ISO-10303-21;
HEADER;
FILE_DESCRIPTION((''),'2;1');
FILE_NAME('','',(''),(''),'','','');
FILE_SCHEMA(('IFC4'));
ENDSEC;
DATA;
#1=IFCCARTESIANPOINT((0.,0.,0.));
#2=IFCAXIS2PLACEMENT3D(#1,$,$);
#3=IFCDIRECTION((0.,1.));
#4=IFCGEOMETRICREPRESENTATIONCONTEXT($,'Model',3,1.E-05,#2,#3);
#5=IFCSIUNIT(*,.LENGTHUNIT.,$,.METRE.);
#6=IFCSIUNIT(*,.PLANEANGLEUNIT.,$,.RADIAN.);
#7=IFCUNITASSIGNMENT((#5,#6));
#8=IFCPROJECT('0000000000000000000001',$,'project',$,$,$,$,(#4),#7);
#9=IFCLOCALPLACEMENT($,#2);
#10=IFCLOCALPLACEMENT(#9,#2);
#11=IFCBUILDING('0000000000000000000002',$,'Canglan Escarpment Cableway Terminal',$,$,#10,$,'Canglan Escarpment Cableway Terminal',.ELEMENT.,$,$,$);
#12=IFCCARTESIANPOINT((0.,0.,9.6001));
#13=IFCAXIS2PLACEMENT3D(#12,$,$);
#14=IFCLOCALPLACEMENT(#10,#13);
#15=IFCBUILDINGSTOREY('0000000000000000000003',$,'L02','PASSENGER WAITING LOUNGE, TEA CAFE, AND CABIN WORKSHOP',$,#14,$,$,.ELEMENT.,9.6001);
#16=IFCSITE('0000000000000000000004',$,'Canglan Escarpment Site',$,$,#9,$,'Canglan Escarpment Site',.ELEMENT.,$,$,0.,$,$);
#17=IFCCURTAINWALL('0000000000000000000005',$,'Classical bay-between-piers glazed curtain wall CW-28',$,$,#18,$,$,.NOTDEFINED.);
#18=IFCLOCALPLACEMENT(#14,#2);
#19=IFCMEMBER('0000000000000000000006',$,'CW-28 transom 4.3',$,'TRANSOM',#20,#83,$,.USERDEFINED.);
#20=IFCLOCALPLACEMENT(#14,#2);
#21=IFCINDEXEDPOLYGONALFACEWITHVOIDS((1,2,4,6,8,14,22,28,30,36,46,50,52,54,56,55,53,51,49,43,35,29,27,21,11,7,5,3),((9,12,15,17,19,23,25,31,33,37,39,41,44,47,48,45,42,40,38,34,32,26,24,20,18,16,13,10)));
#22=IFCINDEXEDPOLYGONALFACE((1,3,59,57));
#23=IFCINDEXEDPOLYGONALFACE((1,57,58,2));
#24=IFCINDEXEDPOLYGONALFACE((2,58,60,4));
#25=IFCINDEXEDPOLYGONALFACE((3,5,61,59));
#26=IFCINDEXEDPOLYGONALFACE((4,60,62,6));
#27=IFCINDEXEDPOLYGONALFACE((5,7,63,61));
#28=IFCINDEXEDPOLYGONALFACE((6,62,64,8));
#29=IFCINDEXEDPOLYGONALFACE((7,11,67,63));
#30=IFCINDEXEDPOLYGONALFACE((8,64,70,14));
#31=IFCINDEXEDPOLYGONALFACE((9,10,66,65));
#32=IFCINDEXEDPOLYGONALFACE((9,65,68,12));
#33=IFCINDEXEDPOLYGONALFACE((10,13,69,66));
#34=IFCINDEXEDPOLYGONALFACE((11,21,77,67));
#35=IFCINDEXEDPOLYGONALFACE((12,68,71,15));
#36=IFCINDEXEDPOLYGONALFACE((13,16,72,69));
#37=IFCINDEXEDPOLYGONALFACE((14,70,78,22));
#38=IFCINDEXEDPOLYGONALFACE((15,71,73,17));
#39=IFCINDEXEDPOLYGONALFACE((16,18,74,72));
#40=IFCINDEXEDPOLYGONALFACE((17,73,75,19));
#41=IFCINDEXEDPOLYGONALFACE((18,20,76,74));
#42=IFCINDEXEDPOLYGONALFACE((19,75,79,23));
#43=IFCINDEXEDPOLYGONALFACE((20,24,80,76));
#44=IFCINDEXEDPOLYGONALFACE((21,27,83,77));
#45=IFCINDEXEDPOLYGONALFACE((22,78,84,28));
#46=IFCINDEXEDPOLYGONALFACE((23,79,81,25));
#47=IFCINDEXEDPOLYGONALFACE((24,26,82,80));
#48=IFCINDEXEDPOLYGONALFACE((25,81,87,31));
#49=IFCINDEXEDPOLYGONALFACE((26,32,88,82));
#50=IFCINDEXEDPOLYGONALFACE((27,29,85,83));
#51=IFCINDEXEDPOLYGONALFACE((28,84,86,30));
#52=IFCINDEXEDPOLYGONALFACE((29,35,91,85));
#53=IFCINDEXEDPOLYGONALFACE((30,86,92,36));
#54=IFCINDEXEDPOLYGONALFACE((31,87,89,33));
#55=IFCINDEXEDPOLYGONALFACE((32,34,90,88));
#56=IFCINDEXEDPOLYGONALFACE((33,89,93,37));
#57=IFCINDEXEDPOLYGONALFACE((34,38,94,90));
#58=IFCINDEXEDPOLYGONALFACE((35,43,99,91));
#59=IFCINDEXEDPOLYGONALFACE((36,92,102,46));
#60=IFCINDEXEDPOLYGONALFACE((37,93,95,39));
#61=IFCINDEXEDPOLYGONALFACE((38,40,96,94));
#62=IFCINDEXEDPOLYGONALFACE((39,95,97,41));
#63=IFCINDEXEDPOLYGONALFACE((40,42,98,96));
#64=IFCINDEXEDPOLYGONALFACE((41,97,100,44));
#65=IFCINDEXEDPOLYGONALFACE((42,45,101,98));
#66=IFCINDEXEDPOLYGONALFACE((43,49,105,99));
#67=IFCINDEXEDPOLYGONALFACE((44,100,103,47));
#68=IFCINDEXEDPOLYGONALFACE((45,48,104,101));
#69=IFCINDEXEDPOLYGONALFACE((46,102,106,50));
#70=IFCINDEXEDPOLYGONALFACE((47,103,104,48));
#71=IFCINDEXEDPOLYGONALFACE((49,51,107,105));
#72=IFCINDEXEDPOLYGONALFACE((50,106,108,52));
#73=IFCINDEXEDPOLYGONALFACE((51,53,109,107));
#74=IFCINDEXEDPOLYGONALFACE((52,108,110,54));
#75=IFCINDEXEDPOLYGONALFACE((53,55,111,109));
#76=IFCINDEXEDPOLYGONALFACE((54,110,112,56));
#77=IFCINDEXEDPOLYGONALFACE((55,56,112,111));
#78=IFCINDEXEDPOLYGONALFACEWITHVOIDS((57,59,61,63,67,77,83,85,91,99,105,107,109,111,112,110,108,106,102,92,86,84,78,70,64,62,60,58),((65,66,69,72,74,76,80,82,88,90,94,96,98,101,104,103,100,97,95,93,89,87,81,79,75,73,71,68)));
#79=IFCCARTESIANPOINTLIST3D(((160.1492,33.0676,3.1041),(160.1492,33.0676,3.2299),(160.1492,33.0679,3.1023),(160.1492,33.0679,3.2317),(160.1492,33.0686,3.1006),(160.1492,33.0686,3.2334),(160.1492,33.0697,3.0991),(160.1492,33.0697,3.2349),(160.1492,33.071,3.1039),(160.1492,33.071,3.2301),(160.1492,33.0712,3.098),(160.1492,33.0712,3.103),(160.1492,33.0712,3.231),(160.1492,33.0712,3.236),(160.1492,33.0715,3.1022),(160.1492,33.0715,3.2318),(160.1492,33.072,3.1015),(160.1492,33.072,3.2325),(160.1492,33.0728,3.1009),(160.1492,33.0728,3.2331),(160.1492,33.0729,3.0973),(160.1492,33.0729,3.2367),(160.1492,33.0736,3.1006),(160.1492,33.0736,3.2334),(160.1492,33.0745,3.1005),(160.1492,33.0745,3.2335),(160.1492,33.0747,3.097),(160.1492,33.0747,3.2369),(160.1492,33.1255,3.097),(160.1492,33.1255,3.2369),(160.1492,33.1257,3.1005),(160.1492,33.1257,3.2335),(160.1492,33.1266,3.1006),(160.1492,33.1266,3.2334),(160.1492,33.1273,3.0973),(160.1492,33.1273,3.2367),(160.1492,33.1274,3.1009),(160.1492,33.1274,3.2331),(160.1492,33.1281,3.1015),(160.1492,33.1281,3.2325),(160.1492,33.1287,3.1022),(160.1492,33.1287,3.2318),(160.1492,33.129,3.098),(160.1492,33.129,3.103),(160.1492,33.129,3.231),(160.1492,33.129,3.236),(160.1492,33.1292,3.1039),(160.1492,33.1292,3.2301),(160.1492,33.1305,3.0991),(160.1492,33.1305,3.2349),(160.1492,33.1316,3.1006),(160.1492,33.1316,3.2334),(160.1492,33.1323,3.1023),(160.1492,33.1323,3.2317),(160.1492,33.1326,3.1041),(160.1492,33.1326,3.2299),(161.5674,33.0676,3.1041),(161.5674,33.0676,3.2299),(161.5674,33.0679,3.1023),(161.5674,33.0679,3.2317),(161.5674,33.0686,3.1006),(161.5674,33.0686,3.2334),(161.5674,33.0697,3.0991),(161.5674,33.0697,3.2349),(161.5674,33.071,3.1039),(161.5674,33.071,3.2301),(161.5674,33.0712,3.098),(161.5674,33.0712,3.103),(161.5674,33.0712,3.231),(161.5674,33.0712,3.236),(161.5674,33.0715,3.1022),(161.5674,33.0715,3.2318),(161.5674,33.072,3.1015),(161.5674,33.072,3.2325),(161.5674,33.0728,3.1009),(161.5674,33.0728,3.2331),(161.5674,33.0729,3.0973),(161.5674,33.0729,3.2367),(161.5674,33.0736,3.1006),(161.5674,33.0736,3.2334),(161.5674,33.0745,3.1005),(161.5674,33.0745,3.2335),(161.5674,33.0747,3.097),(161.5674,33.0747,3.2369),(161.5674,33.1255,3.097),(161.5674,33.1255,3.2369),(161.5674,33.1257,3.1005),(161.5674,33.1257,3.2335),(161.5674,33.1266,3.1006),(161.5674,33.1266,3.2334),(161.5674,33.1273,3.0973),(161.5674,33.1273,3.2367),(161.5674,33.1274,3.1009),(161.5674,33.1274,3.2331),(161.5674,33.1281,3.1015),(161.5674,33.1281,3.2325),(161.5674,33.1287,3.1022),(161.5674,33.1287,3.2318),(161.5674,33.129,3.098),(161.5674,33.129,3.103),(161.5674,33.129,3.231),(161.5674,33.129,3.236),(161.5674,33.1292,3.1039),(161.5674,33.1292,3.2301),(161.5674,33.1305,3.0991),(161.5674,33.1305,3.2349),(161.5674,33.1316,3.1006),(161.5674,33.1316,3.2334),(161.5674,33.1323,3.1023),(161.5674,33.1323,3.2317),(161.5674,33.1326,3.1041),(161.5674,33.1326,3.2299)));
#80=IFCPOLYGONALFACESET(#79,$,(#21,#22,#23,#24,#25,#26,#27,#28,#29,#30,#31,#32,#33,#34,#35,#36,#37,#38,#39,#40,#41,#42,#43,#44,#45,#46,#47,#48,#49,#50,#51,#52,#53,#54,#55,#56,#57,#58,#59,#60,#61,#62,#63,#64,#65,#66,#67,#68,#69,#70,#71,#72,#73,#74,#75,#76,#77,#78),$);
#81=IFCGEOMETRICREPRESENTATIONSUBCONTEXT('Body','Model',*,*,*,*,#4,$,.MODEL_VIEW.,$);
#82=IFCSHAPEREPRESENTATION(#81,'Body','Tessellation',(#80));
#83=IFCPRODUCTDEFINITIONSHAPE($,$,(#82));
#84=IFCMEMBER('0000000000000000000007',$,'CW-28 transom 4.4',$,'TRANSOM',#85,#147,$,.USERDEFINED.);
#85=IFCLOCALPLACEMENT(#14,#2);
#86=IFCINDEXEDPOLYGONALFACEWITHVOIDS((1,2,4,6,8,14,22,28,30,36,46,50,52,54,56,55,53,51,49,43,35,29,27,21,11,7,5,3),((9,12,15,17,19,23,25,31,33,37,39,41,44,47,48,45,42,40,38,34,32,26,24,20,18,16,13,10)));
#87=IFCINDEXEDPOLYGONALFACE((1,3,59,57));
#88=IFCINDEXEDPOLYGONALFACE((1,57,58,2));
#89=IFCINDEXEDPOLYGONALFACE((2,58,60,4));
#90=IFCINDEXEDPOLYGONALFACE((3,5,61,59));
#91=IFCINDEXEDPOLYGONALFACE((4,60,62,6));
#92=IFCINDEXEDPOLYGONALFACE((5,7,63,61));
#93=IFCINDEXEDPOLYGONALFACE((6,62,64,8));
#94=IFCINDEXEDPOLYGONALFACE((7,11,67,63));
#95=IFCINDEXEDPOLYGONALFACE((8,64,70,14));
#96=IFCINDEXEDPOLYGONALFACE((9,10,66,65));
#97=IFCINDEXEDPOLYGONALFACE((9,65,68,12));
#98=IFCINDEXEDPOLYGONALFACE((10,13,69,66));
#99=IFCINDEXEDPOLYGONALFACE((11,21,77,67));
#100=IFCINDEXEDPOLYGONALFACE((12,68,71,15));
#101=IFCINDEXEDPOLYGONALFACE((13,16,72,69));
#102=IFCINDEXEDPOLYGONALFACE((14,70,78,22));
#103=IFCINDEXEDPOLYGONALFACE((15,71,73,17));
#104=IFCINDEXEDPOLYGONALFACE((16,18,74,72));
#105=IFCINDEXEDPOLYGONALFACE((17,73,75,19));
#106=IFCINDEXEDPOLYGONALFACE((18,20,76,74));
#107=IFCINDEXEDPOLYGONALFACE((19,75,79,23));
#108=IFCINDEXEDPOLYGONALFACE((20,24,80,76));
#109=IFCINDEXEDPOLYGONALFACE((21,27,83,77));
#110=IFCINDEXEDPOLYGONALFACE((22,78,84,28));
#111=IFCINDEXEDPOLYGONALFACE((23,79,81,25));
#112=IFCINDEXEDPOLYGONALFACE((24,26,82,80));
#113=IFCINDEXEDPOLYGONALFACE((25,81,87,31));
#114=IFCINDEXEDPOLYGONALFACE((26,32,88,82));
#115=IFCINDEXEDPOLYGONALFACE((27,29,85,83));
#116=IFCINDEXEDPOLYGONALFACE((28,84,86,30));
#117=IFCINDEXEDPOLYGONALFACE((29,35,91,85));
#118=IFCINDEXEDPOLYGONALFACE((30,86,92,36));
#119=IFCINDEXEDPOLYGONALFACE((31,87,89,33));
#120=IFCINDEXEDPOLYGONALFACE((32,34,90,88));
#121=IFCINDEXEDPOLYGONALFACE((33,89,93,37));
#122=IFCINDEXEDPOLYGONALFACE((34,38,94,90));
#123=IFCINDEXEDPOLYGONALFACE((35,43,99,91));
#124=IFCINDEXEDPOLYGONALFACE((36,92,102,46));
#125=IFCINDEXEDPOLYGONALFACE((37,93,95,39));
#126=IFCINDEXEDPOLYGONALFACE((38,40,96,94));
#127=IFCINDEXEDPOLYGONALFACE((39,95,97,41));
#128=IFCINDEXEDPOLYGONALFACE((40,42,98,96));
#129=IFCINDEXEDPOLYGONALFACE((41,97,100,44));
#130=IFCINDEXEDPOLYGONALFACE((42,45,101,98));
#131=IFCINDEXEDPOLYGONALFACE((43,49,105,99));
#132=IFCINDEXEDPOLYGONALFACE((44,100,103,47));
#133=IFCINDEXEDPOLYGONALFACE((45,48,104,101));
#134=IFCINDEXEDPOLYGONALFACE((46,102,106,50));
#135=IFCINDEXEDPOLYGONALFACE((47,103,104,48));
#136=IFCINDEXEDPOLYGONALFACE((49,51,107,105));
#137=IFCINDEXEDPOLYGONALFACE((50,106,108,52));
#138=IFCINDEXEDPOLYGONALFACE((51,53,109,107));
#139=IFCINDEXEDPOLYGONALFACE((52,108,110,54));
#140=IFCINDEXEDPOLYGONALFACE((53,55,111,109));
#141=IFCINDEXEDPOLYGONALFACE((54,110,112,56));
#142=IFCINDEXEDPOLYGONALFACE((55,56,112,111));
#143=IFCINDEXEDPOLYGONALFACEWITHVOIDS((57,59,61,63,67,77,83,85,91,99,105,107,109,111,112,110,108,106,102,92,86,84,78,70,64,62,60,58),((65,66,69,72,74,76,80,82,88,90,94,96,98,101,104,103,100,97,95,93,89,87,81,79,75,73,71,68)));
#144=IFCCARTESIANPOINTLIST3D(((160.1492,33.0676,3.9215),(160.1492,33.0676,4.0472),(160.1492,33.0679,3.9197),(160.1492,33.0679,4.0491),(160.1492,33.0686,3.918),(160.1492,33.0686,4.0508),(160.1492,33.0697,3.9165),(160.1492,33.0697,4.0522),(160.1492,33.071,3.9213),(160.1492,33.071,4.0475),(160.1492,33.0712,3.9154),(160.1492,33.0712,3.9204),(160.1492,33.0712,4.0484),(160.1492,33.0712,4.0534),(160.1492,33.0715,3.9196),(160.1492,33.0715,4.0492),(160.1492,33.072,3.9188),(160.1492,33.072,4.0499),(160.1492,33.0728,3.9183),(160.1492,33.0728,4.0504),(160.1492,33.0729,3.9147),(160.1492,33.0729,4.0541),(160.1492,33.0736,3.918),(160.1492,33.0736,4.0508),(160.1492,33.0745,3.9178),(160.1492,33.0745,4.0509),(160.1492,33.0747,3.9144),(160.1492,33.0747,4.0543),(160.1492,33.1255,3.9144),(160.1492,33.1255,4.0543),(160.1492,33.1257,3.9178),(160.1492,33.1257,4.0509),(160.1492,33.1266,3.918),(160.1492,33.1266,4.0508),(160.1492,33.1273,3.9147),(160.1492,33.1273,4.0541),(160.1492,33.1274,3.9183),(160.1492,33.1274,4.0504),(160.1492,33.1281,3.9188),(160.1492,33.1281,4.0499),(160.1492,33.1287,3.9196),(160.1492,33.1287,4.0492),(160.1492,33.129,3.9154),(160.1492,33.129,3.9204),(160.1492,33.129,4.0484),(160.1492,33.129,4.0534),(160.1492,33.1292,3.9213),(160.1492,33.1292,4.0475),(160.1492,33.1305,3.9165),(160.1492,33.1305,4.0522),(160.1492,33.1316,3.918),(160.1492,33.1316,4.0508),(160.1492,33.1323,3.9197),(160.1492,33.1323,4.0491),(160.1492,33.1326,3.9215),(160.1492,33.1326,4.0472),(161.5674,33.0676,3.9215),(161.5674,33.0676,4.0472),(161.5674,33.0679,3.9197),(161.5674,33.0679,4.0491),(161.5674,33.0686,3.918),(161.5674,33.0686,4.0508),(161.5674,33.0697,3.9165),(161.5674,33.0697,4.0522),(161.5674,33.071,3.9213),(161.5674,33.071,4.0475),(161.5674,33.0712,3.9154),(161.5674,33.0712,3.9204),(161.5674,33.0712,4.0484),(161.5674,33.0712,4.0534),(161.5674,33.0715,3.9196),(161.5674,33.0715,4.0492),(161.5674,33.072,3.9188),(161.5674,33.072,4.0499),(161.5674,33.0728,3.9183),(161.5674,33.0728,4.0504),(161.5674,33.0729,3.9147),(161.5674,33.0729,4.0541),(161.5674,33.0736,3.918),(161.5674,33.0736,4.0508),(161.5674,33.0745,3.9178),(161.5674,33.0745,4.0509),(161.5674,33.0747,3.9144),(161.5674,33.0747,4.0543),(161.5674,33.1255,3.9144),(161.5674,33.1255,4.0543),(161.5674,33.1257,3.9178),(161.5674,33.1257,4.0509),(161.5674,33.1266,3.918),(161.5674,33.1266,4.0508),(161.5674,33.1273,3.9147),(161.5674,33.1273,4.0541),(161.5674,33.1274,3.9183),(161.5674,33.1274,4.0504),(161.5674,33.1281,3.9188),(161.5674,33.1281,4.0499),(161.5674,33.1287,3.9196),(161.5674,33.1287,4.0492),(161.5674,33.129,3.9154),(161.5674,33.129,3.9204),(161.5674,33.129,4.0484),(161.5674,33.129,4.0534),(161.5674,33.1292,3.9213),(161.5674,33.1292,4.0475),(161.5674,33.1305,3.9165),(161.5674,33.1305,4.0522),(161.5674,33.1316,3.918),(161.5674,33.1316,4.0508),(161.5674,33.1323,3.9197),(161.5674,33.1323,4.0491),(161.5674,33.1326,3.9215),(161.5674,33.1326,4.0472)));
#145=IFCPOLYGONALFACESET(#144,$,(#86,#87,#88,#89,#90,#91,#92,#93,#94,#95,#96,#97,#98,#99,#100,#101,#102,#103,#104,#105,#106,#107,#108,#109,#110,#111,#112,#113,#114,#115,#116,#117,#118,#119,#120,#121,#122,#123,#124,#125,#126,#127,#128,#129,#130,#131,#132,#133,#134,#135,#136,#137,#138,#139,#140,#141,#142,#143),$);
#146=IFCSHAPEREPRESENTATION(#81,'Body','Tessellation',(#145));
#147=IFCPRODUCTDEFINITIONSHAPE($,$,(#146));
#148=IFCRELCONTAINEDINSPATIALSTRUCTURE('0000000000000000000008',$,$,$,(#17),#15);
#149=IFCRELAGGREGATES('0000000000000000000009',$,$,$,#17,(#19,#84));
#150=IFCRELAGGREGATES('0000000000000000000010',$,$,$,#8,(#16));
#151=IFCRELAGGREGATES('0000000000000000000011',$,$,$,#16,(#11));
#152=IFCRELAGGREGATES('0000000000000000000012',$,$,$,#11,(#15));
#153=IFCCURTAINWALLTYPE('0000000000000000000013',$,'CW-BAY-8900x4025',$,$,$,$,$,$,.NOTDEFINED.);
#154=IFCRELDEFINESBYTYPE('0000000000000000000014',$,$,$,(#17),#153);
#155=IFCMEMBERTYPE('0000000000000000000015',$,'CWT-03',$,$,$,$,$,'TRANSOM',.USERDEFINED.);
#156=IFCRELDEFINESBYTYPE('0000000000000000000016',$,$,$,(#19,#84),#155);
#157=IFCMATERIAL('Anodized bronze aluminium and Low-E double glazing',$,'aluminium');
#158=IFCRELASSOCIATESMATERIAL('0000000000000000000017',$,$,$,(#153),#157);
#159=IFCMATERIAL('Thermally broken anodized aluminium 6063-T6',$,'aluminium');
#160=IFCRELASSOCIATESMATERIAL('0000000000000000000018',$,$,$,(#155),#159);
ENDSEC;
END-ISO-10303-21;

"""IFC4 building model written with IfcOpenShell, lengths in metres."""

from ifc_helpers import new_model, si_unit, direction, frame, origin, origin_2d, place, context, subcontext, project, spatial, hollow_rectangle, extrude, material, material_profile, profile_set, type_object, element, aggregate, save


model = new_model("IFC4")

# Units and contexts
model_context = context("Model", 3, precision=1e-05, world=origin(), true_north=direction((0.0, 1.0)))
body_context = subcontext(model_context, "Body", "Model", "MODEL_VIEW")
ifc_project = project(units=[si_unit("LENGTHUNIT", "METRE"), si_unit("PLANEANGLEUNIT", "RADIAN")], contexts=[model_context])

# Site, building, storey
site_placement = place(None, origin())
site = spatial("IfcSite", under=ifc_project, at=site_placement, Name="Canglan Escarpment Site", LongName="Canglan Escarpment Site", CompositionType="ELEMENT", RefElevation=0.0)
building_placement = place(site_placement, origin())
building = spatial("IfcBuilding", under=site, at=building_placement, Name="Canglan Escarpment Cableway Terminal", LongName="Canglan Escarpment Cableway Terminal", CompositionType="ELEMENT")
storey_placement = place(building_placement, frame((0.0, 0.0, 9.6001)))
storey = spatial("IfcBuildingStorey", under=building, at=storey_placement, Name="L02", Description="PASSENGER WAITING LOUNGE, TEA CAFE, AND CABIN WORKSHOP", CompositionType="ELEMENT", Elevation=9.6001)

# Curtain wall, members
ifc_material_1 = material(Name="Anodized bronze aluminium and Low-E double glazing", Category="aluminium")
curtain_wall_type = type_object("IfcCurtainWallType", Name="CW-BAY-8900x4025", PredefinedType="NOTDEFINED", material=ifc_material_1)
curtain_wall_placement = place(storey_placement, origin())
curtain_wall = element("IfcCurtainWall", 1, at=curtain_wall_placement, inside=storey, type_object=curtain_wall_type, Name="Classical bay-between-piers glazed curtain wall CW-28", PredefinedType="NOTDEFINED")
ifc_material_2 = material(Name="Thermally broken anodized aluminium 6063-T6", Category="aluminium")
ifc_material_profile_1 = material_profile(ifc_material_2, hollow_rectangle(XDim=0.0649, YDim=0.1399, WallThickness=0.0034, InnerFilletRadius=0.0034, OuterFilletRadius=0.0071, at=origin_2d()), Name="ALU-TRAN 65x140x3.5")
ifc_profile_set_1 = profile_set([ifc_material_profile_1], Name="Thermally broken anodized aluminium 6063-T6")
member_type_1 = type_object("IfcMemberType", Name="CWT-03", ElementType="TRANSOM", PredefinedType="USERDEFINED", material=ifc_profile_set_1)
member_1_placement = place(storey_placement, frame((161.5674, 33.1001, 3.167), z_axis=(-1.0, 0.0, 0.0), x_axis=(0.0, -1.0, 0.0)))
member_1 = element("IfcMember", 2, at=member_1_placement, type_object=member_type_1, Name="CW-28 transom 4.3", ObjectType="TRANSOM", PredefinedType="USERDEFINED", context=body_context, shape_type="SweptSolid", body=[
    extrude(hollow_rectangle(XDim=0.0649, YDim=0.1399, WallThickness=0.0034, InnerFilletRadius=0.0034, OuterFilletRadius=0.0071, at=origin_2d()), origin(), (0.0, 0.0, 1.0), 1.4182),
])
member_2_placement = place(storey_placement, frame((161.5674, 33.1001, 3.9844), z_axis=(-1.0, 0.0, 0.0), x_axis=(0.0, -1.0, 0.0)))
member_2 = element("IfcMember", 3, at=member_2_placement, type_object=member_type_1, Name="CW-28 transom 4.4", ObjectType="TRANSOM", PredefinedType="USERDEFINED", context=body_context, shape_type="SweptSolid", body=[
    extrude(hollow_rectangle(XDim=0.0649, YDim=0.1399, WallThickness=0.0034, InnerFilletRadius=0.0034, OuterFilletRadius=0.0071, at=origin_2d()), origin(), (0.0, 0.0, 1.0), 1.4182),
])
aggregate(curtain_wall, [member_1, member_2])

save(model, "model.ifc")
